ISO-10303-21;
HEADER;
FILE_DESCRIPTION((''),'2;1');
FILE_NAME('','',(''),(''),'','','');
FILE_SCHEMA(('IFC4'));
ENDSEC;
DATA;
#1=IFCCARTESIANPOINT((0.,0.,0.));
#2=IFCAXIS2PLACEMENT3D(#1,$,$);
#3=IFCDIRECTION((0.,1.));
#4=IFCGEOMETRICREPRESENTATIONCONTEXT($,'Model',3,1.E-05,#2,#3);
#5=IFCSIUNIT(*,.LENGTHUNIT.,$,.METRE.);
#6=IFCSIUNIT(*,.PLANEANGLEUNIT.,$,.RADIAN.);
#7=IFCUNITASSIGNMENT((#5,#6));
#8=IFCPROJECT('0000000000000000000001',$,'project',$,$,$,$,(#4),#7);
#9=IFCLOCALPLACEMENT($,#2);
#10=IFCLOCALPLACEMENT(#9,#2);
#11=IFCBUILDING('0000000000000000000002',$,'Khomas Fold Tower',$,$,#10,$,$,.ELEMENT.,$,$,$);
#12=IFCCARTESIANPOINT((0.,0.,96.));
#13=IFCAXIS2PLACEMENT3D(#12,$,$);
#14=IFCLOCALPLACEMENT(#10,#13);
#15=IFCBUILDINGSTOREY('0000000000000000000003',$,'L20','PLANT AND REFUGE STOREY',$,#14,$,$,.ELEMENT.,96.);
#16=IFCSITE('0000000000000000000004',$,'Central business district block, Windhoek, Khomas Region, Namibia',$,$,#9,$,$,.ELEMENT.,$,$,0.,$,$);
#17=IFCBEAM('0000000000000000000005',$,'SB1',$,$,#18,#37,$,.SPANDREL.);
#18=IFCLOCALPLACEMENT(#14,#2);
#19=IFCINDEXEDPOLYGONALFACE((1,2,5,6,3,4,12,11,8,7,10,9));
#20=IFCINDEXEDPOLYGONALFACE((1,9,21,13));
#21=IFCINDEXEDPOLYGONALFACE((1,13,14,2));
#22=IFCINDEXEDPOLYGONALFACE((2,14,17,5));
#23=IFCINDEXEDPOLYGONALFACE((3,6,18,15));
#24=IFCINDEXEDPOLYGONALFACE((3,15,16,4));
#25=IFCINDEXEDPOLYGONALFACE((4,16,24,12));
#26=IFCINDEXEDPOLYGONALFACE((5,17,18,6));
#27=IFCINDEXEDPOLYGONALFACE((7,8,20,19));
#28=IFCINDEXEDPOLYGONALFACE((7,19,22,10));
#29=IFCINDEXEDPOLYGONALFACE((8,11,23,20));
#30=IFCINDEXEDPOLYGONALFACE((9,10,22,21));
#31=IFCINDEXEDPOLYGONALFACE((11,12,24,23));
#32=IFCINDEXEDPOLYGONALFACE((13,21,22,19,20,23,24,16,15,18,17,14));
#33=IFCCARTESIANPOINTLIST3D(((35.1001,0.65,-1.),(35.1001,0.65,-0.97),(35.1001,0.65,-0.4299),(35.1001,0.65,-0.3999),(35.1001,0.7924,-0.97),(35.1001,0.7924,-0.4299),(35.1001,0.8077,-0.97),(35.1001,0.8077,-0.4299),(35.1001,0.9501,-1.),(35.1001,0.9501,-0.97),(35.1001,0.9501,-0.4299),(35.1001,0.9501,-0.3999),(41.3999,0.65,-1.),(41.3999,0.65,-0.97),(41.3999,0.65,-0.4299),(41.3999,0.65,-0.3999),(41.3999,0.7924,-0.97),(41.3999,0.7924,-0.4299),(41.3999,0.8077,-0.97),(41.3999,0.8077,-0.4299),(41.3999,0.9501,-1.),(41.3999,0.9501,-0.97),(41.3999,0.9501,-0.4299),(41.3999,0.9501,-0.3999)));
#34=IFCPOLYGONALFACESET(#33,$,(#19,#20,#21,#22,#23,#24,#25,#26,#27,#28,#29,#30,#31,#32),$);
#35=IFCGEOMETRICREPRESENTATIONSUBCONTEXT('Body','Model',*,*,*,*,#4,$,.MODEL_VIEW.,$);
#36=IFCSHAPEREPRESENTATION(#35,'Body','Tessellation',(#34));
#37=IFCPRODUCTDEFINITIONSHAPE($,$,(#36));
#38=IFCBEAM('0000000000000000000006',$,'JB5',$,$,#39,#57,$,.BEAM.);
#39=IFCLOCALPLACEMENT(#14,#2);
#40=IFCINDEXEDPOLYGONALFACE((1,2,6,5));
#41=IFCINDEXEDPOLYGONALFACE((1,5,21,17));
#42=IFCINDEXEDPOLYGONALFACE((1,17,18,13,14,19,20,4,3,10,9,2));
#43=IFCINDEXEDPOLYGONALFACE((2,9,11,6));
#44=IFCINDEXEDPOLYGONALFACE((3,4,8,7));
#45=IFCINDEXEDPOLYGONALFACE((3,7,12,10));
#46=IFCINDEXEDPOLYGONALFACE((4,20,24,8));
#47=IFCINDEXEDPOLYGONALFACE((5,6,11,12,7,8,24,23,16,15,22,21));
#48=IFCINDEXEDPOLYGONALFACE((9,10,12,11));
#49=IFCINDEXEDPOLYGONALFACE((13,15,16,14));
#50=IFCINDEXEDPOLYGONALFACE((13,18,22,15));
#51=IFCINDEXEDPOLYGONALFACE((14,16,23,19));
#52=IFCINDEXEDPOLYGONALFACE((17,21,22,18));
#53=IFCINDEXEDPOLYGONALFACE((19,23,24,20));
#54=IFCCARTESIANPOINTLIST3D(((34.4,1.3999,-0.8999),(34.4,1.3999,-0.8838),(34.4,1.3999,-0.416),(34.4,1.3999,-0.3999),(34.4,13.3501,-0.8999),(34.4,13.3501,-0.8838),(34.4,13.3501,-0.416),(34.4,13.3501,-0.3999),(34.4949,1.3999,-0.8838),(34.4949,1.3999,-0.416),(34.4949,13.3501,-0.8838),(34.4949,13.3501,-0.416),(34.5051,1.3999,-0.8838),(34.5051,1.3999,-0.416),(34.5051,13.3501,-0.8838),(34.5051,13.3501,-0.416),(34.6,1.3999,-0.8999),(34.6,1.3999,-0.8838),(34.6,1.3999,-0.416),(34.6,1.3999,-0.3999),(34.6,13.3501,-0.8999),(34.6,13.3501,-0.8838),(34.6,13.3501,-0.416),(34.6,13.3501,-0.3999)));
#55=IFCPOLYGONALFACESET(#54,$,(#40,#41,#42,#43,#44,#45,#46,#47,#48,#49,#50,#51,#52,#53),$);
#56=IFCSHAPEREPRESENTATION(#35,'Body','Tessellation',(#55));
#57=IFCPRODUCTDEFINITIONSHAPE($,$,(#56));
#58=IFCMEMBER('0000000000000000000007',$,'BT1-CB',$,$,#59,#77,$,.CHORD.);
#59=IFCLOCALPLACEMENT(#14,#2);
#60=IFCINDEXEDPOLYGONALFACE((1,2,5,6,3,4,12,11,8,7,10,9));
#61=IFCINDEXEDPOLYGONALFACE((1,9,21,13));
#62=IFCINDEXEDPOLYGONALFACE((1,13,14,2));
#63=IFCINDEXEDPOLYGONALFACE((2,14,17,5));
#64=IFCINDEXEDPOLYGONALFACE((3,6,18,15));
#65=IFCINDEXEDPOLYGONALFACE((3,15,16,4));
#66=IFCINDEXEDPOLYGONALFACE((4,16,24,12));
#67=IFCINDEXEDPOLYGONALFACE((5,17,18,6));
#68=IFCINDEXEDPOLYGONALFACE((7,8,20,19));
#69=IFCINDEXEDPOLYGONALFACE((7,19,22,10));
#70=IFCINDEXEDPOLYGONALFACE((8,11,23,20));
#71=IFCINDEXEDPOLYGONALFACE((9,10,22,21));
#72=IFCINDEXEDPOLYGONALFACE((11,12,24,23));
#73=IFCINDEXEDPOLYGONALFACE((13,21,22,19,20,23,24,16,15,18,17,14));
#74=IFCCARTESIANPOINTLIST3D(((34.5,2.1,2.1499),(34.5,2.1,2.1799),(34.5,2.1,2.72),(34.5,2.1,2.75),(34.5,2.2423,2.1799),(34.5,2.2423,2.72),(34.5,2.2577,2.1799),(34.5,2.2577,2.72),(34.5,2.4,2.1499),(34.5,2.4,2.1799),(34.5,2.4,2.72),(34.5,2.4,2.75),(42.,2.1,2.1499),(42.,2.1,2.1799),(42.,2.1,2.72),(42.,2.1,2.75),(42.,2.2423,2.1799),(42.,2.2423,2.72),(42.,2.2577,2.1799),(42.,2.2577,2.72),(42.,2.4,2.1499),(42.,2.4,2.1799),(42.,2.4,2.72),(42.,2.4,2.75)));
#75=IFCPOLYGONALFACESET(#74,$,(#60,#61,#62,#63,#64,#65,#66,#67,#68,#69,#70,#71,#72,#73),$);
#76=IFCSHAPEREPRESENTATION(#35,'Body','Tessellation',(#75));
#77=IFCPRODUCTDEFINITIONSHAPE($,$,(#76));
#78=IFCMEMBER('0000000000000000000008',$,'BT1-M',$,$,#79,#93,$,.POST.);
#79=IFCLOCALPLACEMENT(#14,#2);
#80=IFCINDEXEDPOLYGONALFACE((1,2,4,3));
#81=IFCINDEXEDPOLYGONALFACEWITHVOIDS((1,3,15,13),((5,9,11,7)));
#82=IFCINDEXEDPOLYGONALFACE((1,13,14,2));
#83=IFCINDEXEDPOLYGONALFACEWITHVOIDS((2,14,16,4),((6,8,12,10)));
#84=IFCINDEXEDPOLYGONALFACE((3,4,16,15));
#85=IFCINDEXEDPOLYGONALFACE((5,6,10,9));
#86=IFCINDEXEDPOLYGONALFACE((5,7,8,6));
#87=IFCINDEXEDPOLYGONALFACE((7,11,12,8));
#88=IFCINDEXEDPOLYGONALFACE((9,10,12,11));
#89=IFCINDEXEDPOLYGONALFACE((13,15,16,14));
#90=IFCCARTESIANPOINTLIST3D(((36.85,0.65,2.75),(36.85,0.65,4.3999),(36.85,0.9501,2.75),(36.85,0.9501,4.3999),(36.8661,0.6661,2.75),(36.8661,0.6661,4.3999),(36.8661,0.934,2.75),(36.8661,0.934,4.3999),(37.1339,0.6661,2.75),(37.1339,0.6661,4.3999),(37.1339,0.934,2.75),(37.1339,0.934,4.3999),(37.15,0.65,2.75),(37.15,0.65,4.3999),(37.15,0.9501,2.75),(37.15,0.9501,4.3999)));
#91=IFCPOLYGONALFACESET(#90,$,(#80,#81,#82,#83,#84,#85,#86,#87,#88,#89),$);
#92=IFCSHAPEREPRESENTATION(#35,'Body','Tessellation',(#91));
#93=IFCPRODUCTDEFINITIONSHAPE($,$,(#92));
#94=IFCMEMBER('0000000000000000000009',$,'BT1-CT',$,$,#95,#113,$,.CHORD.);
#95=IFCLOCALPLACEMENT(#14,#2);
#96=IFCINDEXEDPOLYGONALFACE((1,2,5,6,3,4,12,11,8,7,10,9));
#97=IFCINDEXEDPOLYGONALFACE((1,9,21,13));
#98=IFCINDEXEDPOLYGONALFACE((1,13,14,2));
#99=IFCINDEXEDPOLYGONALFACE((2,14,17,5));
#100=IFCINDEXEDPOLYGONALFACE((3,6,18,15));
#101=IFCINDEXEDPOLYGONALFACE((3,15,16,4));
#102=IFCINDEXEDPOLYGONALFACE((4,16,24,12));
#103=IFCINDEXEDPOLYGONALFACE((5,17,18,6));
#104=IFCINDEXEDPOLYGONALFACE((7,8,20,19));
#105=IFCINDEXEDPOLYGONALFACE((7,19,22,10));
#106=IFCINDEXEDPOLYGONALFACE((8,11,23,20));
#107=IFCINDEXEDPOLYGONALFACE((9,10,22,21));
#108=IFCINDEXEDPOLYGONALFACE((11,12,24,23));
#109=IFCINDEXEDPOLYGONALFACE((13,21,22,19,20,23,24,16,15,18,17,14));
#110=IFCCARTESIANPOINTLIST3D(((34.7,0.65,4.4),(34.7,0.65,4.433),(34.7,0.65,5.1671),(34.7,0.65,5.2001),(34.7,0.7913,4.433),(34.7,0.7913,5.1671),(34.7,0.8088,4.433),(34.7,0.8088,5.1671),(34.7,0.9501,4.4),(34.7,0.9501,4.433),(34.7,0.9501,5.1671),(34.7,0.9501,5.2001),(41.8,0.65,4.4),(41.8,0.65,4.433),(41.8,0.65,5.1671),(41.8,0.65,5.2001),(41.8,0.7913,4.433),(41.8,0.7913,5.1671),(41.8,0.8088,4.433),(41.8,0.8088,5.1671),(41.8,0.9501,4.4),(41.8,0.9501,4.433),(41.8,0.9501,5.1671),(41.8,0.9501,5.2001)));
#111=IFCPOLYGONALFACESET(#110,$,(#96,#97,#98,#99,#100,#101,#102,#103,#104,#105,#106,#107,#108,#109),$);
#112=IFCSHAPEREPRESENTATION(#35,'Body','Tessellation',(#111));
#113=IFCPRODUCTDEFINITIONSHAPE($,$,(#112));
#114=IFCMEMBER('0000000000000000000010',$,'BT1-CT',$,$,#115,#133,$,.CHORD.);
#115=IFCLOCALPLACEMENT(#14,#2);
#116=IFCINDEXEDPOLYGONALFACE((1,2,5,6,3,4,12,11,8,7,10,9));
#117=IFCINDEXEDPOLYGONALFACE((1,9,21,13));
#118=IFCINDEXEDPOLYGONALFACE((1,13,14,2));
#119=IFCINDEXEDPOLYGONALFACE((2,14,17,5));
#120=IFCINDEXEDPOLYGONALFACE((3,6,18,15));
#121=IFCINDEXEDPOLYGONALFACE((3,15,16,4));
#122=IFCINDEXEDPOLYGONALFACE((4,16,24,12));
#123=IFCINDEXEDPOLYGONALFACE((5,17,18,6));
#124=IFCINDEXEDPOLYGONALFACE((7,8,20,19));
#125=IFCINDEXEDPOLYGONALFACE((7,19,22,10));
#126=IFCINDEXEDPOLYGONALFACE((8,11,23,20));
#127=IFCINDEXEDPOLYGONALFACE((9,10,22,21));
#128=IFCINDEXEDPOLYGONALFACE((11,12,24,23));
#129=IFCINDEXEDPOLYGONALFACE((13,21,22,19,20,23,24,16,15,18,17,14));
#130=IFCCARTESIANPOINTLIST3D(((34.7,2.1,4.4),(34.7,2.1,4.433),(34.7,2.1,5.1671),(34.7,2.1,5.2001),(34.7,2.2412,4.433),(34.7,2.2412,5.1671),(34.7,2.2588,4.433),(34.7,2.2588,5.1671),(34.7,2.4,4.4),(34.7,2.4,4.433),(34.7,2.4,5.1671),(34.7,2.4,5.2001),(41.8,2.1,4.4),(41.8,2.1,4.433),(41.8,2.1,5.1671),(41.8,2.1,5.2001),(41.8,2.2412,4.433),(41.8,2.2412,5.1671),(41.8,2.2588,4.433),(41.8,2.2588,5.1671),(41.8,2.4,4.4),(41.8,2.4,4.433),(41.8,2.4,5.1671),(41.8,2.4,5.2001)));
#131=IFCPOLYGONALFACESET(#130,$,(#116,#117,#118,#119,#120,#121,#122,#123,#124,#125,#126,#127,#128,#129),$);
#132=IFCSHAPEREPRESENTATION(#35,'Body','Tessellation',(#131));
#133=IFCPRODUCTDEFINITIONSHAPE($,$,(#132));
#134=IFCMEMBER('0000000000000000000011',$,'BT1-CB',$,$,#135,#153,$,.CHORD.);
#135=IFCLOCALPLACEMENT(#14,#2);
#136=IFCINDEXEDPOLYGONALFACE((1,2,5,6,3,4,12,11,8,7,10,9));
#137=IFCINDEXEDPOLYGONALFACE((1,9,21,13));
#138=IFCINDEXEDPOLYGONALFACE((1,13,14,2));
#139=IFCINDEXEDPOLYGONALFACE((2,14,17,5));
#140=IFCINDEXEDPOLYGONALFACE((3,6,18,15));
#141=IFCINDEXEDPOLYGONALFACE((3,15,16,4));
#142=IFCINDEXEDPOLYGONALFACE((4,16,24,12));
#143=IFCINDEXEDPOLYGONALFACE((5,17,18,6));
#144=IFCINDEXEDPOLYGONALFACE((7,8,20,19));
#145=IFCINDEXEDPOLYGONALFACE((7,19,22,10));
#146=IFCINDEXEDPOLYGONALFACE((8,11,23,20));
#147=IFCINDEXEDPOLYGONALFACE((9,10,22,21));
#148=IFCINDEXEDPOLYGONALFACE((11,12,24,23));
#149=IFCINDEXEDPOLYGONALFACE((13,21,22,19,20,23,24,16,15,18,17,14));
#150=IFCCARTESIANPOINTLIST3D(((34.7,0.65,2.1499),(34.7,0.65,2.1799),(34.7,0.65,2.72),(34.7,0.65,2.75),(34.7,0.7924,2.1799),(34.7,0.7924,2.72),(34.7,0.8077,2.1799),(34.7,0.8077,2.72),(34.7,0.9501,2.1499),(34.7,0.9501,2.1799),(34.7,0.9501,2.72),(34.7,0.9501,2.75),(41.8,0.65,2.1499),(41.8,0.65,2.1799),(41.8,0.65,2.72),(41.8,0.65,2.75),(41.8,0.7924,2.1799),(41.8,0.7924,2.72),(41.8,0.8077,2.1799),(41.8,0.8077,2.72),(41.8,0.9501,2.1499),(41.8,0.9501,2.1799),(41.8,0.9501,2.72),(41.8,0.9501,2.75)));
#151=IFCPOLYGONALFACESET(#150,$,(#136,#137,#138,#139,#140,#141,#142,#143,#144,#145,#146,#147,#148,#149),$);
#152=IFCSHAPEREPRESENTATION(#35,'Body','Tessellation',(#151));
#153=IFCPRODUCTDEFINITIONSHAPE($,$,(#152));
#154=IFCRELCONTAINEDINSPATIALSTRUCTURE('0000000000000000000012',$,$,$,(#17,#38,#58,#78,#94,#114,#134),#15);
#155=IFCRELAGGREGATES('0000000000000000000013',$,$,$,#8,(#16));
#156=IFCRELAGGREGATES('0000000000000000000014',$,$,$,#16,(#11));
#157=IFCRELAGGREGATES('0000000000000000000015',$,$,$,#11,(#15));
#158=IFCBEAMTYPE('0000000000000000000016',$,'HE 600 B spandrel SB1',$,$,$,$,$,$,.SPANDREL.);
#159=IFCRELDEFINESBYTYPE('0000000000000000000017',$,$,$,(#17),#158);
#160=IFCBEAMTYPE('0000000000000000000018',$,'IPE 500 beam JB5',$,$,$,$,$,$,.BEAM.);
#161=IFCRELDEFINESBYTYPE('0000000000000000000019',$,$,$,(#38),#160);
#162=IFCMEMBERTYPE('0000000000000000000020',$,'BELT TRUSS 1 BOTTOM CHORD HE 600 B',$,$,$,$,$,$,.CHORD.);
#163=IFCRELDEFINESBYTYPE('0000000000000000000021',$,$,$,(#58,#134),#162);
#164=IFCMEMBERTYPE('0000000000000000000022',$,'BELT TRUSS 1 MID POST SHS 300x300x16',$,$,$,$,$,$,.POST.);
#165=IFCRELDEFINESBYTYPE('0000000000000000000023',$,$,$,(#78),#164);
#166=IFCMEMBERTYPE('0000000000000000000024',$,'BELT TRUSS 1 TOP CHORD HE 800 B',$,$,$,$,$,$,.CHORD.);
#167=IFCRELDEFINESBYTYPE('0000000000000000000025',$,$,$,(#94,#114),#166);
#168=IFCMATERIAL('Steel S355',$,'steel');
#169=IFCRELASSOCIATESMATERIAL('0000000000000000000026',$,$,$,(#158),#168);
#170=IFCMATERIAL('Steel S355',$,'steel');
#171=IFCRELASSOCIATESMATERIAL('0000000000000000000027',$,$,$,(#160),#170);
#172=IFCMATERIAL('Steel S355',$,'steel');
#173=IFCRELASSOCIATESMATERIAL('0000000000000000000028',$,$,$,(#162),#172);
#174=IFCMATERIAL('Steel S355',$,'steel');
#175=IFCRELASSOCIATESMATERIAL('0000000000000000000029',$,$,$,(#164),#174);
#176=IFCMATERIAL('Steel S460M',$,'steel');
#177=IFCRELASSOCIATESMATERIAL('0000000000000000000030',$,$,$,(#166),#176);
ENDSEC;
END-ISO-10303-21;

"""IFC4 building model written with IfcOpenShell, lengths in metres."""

from ifc_helpers import new_model, si_unit, direction, frame, origin, origin_2d, place, context, subcontext, project, spatial, hollow_rectangle, i_section, extrude, source, transform, mapped, material, material_profile, profile_set, type_object, element, save


model = new_model("IFC4")

# Units and contexts
model_context = context("Model", 3, precision=1e-05, world=origin(), true_north=direction((0.0, 1.0)))
body_context = subcontext(model_context, "Body", "Model", "MODEL_VIEW")
ifc_project = project(units=[si_unit("LENGTHUNIT", "METRE"), si_unit("PLANEANGLEUNIT", "RADIAN")], contexts=[model_context])

# Site, building, storey
site_placement = place(None, origin())
site = spatial("IfcSite", under=ifc_project, at=site_placement, Name="Central business district block, Windhoek, Khomas Region, Namibia", CompositionType="ELEMENT", RefElevation=0.0)
building_placement = place(site_placement, origin())
building = spatial("IfcBuilding", under=site, at=building_placement, Name="Khomas Fold Tower", CompositionType="ELEMENT")
storey_placement = place(building_placement, frame((0.0, 0.0, 96.0)))
storey = spatial("IfcBuildingStorey", under=building, at=storey_placement, Name="L20", Description="PLANT AND REFUGE STOREY", CompositionType="ELEMENT", Elevation=96.0)

# Beams
ifc_material_1 = material(Name="Steel S355", Category="steel")
ifc_material_profile_1 = material_profile(ifc_material_1, i_section(OverallWidth=0.3, OverallDepth=0.6001, WebThickness=0.0154, FlangeThickness=0.03, at=origin_2d()), Name="HE 600 B")
ifc_profile_set_1 = profile_set([ifc_material_profile_1], Name="Steel S355")
beam_type_1 = type_object("IfcBeamType", Name="HE 600 B spandrel SB1", PredefinedType="SPANDREL", material=ifc_profile_set_1)
shared_shape_1 = source(origin(), body_context, "Body", "SweptSolid", [
    extrude(i_section(OverallWidth=0.3, OverallDepth=0.6001, WebThickness=0.0154, FlangeThickness=0.03, at=origin_2d()), origin(), (0.0, 0.0, 1.0), 6.2998),
])
beam_1_placement = place(storey_placement, frame((35.1001, 0.8, -0.7), z_axis=(1.0, 0.0, 0.0), x_axis=(0.0, 1.0, 0.0)))
element("IfcBeam", 1, at=beam_1_placement, inside=storey, type_object=beam_type_1, Name="SB1", PredefinedType="SPANDREL", context=body_context, shape_type="MappedRepresentation", body=[
    mapped(shared_shape_1, transform((0.0, 0.0, 0.0))),
])
ifc_material_2 = material(Name="Steel S355", Category="steel")
ifc_material_profile_2 = material_profile(ifc_material_2, i_section(OverallWidth=0.2, OverallDepth=0.5, WebThickness=0.0103, FlangeThickness=0.0161, at=origin_2d()), Name="IPE 500")
ifc_profile_set_2 = profile_set([ifc_material_profile_2], Name="Steel S355")
beam_type_2 = type_object("IfcBeamType", Name="IPE 500 beam JB5", PredefinedType="BEAM", material=ifc_profile_set_2)
shared_shape_2 = source(origin(), body_context, "Body", "SweptSolid", [
    extrude(i_section(OverallWidth=0.2, OverallDepth=0.5, WebThickness=0.0103, FlangeThickness=0.0161, at=origin_2d()), origin(), (0.0, 0.0, 1.0), 11.9502),
])
beam_2_placement = place(storey_placement, frame((34.5, 1.3999, -0.6499), z_axis=(0.0, 1.0, 0.0), x_axis=(-1.0, 0.0, 0.0)))
element("IfcBeam", 2, at=beam_2_placement, inside=storey, type_object=beam_type_2, Name="JB5", PredefinedType="BEAM", context=body_context, shape_type="MappedRepresentation", body=[
    mapped(shared_shape_2, transform((0.0, 0.0, 0.0))),
])

# Members
ifc_material_3 = material(Name="Steel S355", Category="steel")
ifc_material_profile_3 = material_profile(ifc_material_3, i_section(OverallWidth=0.3, OverallDepth=0.6001, WebThickness=0.0154, FlangeThickness=0.03, at=origin_2d()), Name="HE 600 B")
ifc_profile_set_3 = profile_set([ifc_material_profile_3], Name="Steel S355")
member_type_1 = type_object("IfcMemberType", Name="BELT TRUSS 1 BOTTOM CHORD HE 600 B", PredefinedType="CHORD", material=ifc_profile_set_3)
shared_shape_3 = source(origin(), body_context, "Body", "SweptSolid", [
    extrude(i_section(OverallWidth=0.3, OverallDepth=0.6001, WebThickness=0.0154, FlangeThickness=0.03, at=origin_2d()), origin(), (0.0, 0.0, 1.0), 7.5),
])
member_1_placement = place(storey_placement, frame((34.5, 2.25, 2.45), z_axis=(1.0, 0.0, 0.0), x_axis=(0.0, 1.0, 0.0)))
element("IfcMember", 3, at=member_1_placement, inside=storey, type_object=member_type_1, Name="BT1-CB", PredefinedType="CHORD", context=body_context, shape_type="MappedRepresentation", body=[
    mapped(shared_shape_3, transform((0.0, 0.0, 0.0))),
])
ifc_material_4 = material(Name="Steel S355", Category="steel")
ifc_material_profile_4 = material_profile(ifc_material_4, hollow_rectangle(XDim=0.3, YDim=0.3, WallThickness=0.0161, at=origin_2d()), Name="SHS 300x300x16")
ifc_profile_set_4 = profile_set([ifc_material_profile_4], Name="Steel S355")
member_type_2 = type_object("IfcMemberType", Name="BELT TRUSS 1 MID POST SHS 300x300x16", PredefinedType="POST", material=ifc_profile_set_4)
shared_shape_4 = source(origin(), body_context, "Body", "SweptSolid", [
    extrude(hollow_rectangle(XDim=0.3, YDim=0.3, WallThickness=0.0161, at=origin_2d()), origin(), (0.0, 0.0, 1.0), 1.6499),
])
member_2_placement = place(storey_placement, frame((37.0, 0.8, 2.75), z_axis=(0.0, 0.0, 1.0), x_axis=(1.0, 0.0, 0.0)))
element("IfcMember", 4, at=member_2_placement, inside=storey, type_object=member_type_2, Name="BT1-M", PredefinedType="POST", context=body_context, shape_type="MappedRepresentation", body=[
    mapped(shared_shape_4, transform((0.0, 0.0, 0.0))),
])
ifc_material_5 = material(Name="Steel S460M", Category="steel")
ifc_material_profile_5 = material_profile(ifc_material_5, i_section(OverallWidth=0.3, OverallDepth=0.8, WebThickness=0.0176, FlangeThickness=0.033, at=origin_2d()), Name="HE 800 B")
ifc_profile_set_5 = profile_set([ifc_material_profile_5], Name="Steel S460M")
member_type_3 = type_object("IfcMemberType", Name="BELT TRUSS 1 TOP CHORD HE 800 B", PredefinedType="CHORD", material=ifc_profile_set_5)
shared_shape_5 = source(origin(), body_context, "Body", "SweptSolid", [
    extrude(i_section(OverallWidth=0.3, OverallDepth=0.8, WebThickness=0.0176, FlangeThickness=0.033, at=origin_2d()), origin(), (0.0, 0.0, 1.0), 7.1001),
])
for number, where, z_axis, x_axis, name in (
    (5, (34.7, 0.8, 4.8), (1.0, 0.0, 0.0), (0.0, 1.0, 0.0), "BT1-CT"),
    (6, (34.7, 2.25, 4.8), (1.0, 0.0, 0.0), (0.0, 1.0, 0.0), "BT1-CT"),
):
    element("IfcMember", number, at=place(storey_placement, frame(where, z_axis=z_axis, x_axis=x_axis)), inside=storey, type_object=member_type_3, Name=name, PredefinedType="CHORD", context=body_context, shape_type="MappedRepresentation", body=[
        mapped(shared_shape_5, transform((0.0, 0.0, 0.0))),
    ])
shared_shape_6 = source(origin(), body_context, "Body", "SweptSolid", [
    extrude(i_section(OverallWidth=0.3, OverallDepth=0.6001, WebThickness=0.0154, FlangeThickness=0.03, at=origin_2d()), origin(), (0.0, 0.0, 1.0), 7.1001),
])
member_3_placement = place(storey_placement, frame((34.7, 0.8, 2.45), z_axis=(1.0, 0.0, 0.0), x_axis=(0.0, 1.0, 0.0)))
element("IfcMember", 7, at=member_3_placement, inside=storey, type_object=member_type_1, Name="BT1-CB", PredefinedType="CHORD", context=body_context, shape_type="MappedRepresentation", body=[
    mapped(shared_shape_6, transform((0.0, 0.0, 0.0))),
])

save(model, "model.ifc")
